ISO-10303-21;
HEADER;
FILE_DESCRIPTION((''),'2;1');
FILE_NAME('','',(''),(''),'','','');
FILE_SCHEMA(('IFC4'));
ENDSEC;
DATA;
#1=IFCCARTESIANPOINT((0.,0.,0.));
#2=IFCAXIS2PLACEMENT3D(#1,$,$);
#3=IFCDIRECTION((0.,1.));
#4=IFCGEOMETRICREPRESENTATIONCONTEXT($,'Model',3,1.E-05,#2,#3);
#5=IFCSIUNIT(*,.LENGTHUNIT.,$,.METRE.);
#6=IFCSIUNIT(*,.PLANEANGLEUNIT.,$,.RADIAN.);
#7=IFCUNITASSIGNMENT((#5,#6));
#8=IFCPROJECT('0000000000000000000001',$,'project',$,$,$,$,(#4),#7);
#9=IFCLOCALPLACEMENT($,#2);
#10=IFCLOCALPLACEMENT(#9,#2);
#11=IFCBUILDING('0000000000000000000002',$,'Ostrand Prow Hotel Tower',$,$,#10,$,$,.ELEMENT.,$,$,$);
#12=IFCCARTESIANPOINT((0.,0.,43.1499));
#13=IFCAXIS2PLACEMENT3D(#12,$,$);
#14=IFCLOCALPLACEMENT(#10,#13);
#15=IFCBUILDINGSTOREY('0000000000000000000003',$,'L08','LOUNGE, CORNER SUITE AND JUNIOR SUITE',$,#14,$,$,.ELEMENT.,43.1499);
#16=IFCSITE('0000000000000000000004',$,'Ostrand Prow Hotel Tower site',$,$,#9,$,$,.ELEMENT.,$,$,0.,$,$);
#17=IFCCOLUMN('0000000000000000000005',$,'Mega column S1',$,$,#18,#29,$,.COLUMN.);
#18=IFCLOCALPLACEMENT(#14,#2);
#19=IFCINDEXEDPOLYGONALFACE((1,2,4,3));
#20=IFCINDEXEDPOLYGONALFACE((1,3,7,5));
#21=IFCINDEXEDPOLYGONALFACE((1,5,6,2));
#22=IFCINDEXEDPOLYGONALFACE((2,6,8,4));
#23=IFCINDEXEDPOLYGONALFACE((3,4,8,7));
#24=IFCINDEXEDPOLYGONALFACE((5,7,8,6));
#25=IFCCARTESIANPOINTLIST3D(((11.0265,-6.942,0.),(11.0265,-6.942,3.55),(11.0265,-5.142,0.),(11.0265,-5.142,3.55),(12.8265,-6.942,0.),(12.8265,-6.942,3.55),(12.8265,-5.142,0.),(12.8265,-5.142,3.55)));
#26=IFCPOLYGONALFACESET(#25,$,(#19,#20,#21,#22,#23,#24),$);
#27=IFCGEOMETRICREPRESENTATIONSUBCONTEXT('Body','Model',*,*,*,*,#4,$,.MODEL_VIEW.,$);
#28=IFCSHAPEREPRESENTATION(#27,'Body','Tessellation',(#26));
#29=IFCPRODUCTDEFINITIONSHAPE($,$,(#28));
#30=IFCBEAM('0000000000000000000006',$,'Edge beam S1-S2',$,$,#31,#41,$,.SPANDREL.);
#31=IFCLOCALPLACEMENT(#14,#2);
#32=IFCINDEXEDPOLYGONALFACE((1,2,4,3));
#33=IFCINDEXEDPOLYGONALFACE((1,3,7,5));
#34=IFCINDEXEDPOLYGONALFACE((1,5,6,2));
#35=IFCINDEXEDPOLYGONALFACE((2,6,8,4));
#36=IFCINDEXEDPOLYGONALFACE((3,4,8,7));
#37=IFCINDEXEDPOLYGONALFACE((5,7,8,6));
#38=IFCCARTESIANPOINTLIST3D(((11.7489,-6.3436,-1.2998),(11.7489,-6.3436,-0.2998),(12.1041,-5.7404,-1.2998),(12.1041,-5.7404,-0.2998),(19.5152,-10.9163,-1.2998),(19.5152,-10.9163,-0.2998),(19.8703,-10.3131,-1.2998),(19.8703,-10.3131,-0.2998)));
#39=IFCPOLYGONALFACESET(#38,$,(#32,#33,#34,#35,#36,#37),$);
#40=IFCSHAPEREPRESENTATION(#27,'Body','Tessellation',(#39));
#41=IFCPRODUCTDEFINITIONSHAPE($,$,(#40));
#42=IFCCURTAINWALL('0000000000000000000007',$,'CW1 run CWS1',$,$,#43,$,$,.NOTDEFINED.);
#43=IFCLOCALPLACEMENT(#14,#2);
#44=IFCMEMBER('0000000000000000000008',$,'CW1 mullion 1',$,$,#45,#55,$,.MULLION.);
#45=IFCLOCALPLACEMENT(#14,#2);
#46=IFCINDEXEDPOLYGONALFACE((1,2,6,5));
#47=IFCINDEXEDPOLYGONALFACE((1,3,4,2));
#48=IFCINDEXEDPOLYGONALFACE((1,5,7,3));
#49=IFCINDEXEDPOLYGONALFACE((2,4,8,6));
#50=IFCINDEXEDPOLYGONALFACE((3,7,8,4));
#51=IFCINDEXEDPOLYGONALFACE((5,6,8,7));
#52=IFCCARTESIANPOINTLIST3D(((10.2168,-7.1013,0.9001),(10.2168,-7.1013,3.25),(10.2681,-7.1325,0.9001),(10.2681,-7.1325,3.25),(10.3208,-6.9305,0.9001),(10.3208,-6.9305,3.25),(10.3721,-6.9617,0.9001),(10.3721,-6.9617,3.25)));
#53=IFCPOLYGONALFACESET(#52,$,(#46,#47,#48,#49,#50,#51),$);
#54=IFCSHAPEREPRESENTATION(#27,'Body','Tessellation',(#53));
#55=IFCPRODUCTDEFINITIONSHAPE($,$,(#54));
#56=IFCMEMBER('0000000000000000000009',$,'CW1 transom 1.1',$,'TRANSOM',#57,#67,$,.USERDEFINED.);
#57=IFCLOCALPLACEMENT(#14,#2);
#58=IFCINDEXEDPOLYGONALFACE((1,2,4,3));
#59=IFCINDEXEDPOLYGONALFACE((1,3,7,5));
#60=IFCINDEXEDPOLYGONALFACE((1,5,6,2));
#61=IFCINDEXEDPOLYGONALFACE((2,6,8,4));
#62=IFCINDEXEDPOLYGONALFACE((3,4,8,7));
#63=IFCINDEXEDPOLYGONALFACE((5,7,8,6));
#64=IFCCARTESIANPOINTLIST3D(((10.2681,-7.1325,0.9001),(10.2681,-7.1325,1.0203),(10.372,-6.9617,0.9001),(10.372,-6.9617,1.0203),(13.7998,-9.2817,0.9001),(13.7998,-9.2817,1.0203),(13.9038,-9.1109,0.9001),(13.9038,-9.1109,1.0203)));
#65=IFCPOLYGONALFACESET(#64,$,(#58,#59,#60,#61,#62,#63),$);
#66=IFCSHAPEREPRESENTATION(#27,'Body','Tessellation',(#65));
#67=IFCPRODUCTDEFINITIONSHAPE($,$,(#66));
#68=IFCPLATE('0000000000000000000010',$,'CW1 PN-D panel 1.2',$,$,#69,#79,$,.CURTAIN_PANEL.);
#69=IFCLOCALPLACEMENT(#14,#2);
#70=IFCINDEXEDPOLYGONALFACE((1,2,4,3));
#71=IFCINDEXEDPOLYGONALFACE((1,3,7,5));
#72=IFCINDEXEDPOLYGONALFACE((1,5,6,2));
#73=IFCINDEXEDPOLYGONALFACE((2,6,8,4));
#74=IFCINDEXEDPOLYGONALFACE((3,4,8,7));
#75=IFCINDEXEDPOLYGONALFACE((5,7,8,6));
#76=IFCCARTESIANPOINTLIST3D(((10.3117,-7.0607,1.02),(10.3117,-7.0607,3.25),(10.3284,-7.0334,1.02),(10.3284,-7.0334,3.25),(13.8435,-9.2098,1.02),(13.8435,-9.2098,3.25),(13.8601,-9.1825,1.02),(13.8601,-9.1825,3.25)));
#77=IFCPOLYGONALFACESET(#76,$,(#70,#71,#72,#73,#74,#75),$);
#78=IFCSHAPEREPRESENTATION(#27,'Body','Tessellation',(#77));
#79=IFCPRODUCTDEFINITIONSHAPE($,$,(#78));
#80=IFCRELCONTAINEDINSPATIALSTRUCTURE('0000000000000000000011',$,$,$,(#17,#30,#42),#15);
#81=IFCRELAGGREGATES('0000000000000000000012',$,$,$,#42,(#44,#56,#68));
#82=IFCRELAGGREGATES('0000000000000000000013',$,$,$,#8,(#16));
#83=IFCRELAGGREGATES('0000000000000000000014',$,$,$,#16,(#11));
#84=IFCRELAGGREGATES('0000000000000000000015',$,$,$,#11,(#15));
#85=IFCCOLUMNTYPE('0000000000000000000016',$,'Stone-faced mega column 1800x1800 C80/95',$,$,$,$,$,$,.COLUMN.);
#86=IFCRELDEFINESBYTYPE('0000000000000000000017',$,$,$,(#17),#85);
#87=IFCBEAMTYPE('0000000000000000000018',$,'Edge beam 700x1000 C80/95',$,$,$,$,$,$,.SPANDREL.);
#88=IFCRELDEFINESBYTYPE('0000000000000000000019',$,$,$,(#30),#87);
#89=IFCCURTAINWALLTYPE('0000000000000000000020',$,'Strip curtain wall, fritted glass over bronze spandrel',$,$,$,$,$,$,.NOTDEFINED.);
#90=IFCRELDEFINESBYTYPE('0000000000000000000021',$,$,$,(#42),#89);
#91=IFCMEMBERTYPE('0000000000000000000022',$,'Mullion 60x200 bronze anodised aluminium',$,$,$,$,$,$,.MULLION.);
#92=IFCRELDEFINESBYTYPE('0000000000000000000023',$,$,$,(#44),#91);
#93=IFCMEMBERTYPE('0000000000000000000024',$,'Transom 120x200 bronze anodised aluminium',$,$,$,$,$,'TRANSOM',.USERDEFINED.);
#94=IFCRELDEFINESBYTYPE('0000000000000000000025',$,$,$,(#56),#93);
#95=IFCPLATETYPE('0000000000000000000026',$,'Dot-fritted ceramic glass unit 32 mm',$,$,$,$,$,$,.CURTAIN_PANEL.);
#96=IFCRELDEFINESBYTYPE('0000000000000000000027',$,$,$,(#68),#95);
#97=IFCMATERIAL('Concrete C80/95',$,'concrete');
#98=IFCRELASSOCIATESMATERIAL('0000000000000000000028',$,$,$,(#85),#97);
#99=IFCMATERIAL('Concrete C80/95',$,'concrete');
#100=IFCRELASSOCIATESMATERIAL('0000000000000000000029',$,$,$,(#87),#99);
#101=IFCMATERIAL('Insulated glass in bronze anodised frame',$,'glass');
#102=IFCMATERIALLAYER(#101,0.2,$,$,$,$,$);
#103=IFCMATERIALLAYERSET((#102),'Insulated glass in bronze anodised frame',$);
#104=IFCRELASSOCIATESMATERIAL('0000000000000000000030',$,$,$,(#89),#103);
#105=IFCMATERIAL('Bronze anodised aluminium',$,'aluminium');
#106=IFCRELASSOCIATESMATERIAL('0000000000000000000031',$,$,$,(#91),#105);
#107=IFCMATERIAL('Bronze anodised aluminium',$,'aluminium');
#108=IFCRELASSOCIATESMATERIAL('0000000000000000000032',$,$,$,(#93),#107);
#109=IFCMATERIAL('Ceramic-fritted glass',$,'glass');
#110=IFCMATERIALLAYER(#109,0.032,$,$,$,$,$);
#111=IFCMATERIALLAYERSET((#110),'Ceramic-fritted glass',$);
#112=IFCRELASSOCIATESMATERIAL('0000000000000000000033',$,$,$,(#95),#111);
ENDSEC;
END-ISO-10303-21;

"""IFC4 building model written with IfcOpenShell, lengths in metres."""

from ifc_helpers import new_model, si_unit, direction, frame, origin, origin_2d, place, context, subcontext, project, spatial, rectangle, extrude, material, layer, layer_set, material_profile, profile_set, type_object, element, aggregate, save


model = new_model("IFC4")

# Units and contexts
model_context = context("Model", 3, precision=1e-05, world=origin(), true_north=direction((0.0, 1.0)))
body_context = subcontext(model_context, "Body", "Model", "MODEL_VIEW")
ifc_project = project(units=[si_unit("LENGTHUNIT", "METRE"), si_unit("PLANEANGLEUNIT", "RADIAN")], contexts=[model_context])

# Site, building, storey
site_placement = place(None, origin())
site = spatial("IfcSite", under=ifc_project, at=site_placement, Name="Ostrand Prow Hotel Tower site", CompositionType="ELEMENT", RefElevation=0.0)
building_placement = place(site_placement, origin())
building = spatial("IfcBuilding", under=site, at=building_placement, Name="Ostrand Prow Hotel Tower", CompositionType="ELEMENT")
storey_placement = place(building_placement, frame((0.0, 0.0, 43.1499)))
storey = spatial("IfcBuildingStorey", under=building, at=storey_placement, Name="L08", Description="LOUNGE, CORNER SUITE AND JUNIOR SUITE", CompositionType="ELEMENT", Elevation=43.1499)

# Column
ifc_material_1 = material(Name="Concrete C80/95", Category="concrete")
ifc_material_profile_1 = material_profile(ifc_material_1, rectangle(XDim=1.8, YDim=1.8, at=origin_2d()), Name="RC 1800x1800")
ifc_profile_set_1 = profile_set([ifc_material_profile_1], Name="Concrete C80/95")
column_type = type_object("IfcColumnType", Name="Stone-faced mega column 1800x1800 C80/95", PredefinedType="COLUMN", material=ifc_profile_set_1)
column_placement = place(storey_placement, frame((11.9265, -6.042, 0.0), z_axis=(0.0, 0.0, 1.0), x_axis=(1.0, 0.0, 0.0)))
element("IfcColumn", 1, at=column_placement, inside=storey, type_object=column_type, Name="Mega column S1", PredefinedType="COLUMN", context=body_context, shape_type="SweptSolid", body=[
    extrude(rectangle(XDim=1.8, YDim=1.8, at=origin_2d()), origin(), (0.0, 0.0, 1.0), 3.55),
])

# Beam
ifc_material_2 = material(Name="Concrete C80/95", Category="concrete")
ifc_material_profile_2 = material_profile(ifc_material_2, rectangle(XDim=0.7, YDim=1.0, at=origin_2d()), Name="RC 700x1000")
ifc_profile_set_2 = profile_set([ifc_material_profile_2], Name="Concrete C80/95")
beam_type = type_object("IfcBeamType", Name="Edge beam 700x1000 C80/95", PredefinedType="SPANDREL", material=ifc_profile_set_2)
beam_placement = place(storey_placement, frame((11.9265, -6.042, -0.7998), z_axis=(0.861725, -0.507375, 0.0), x_axis=(0.507375, 0.861725, 0.0)))
element("IfcBeam", 2, at=beam_placement, inside=storey, type_object=beam_type, Name="Edge beam S1-S2", PredefinedType="SPANDREL", context=body_context, shape_type="SweptSolid", body=[
    extrude(rectangle(XDim=0.7, YDim=1.0, at=origin_2d()), origin(), (0.0, 0.0, 1.0), 9.0125),
])

# Curtain wall, members, plate
ifc_material_3 = material(Name="Insulated glass in bronze anodised frame", Category="glass")
ifc_layer_1 = layer(ifc_material_3, 0.2)
ifc_layer_set_1 = layer_set([ifc_layer_1], Name="Insulated glass in bronze anodised frame")
curtain_wall_type = type_object("IfcCurtainWallType", Name="Strip curtain wall, fritted glass over bronze spandrel", PredefinedType="NOTDEFINED", material=ifc_layer_set_1)
curtain_wall_placement = place(storey_placement, origin())
curtain_wall = element("IfcCurtainWall", 3, at=curtain_wall_placement, inside=storey, type_object=curtain_wall_type, Name="CW1 run CWS1", PredefinedType="NOTDEFINED")
ifc_material_4 = material(Name="Bronze anodised aluminium", Category="aluminium")
ifc_material_profile_3 = material_profile(ifc_material_4, rectangle(XDim=0.2, YDim=0.0601, at=origin_2d()), Name="Mullion 60x200 bronze anodised aluminium")
ifc_profile_set_3 = profile_set([ifc_material_profile_3], Name="Bronze anodised aluminium")
member_type_1 = type_object("IfcMemberType", Name="Mullion 60x200 bronze anodised aluminium", PredefinedType="MULLION", material=ifc_profile_set_3)
member_1_placement = place(storey_placement, frame((10.2944, -7.0315, 0.9001), z_axis=(0.0, 0.0, 1.0), x_axis=(0.519831, 0.854269, 0.0)))
member_1 = element("IfcMember", 4, at=member_1_placement, type_object=member_type_1, Name="CW1 mullion 1", PredefinedType="MULLION", context=body_context, shape_type="SweptSolid", body=[
    extrude(rectangle(XDim=0.2, YDim=0.0601, at=origin_2d()), origin(), (0.0, 0.0, 1.0), 2.3499),
])
ifc_material_5 = material(Name="Bronze anodised aluminium", Category="aluminium")
ifc_material_profile_4 = material_profile(ifc_material_5, rectangle(XDim=0.2, YDim=0.1201, at=origin_2d()), Name="Transom 120x200 bronze anodised aluminium")
ifc_profile_set_4 = profile_set([ifc_material_profile_4], Name="Bronze anodised aluminium")
member_type_2 = type_object("IfcMemberType", Name="Transom 120x200 bronze anodised aluminium", ElementType="TRANSOM", PredefinedType="USERDEFINED", material=ifc_profile_set_4)
member_2_placement = place(storey_placement, frame((10.3201, -7.0471, 0.9602), z_axis=(0.854261, -0.519844, 0.0), x_axis=(0.519844, 0.854261, 0.0)))
member_2 = element("IfcMember", 5, at=member_2_placement, type_object=member_type_2, Name="CW1 transom 1.1", ObjectType="TRANSOM", PredefinedType="USERDEFINED", context=body_context, shape_type="SweptSolid", body=[
    extrude(rectangle(XDim=0.2, YDim=0.1201, at=origin_2d()), origin(), (0.0, 0.0, 1.0), 4.1343),
])
ifc_material_6 = material(Name="Ceramic-fritted glass", Category="glass")
ifc_layer_2 = layer(ifc_material_6, 0.032)
ifc_layer_set_2 = layer_set([ifc_layer_2], Name="Ceramic-fritted glass")
plate_type = type_object("IfcPlateType", Name="Dot-fritted ceramic glass unit 32 mm", PredefinedType="CURTAIN_PANEL", material=ifc_layer_set_2)
plate_placement = place(storey_placement, frame((12.0859, -8.1216, 1.02), z_axis=(0.0, 0.0, 1.0), x_axis=(0.854269, -0.519831, 0.0)))
plate = element("IfcPlate", 6, at=plate_placement, type_object=plate_type, Name="CW1 PN-D panel 1.2", PredefinedType="CURTAIN_PANEL", context=body_context, shape_type="SweptSolid", body=[
    extrude(rectangle(XDim=4.1343, YDim=0.032, at=origin_2d()), origin(), (0.0, 0.0, 1.0), 2.23),
])
aggregate(curtain_wall, [member_1, member_2, plate])

save(model, "model.ifc")
